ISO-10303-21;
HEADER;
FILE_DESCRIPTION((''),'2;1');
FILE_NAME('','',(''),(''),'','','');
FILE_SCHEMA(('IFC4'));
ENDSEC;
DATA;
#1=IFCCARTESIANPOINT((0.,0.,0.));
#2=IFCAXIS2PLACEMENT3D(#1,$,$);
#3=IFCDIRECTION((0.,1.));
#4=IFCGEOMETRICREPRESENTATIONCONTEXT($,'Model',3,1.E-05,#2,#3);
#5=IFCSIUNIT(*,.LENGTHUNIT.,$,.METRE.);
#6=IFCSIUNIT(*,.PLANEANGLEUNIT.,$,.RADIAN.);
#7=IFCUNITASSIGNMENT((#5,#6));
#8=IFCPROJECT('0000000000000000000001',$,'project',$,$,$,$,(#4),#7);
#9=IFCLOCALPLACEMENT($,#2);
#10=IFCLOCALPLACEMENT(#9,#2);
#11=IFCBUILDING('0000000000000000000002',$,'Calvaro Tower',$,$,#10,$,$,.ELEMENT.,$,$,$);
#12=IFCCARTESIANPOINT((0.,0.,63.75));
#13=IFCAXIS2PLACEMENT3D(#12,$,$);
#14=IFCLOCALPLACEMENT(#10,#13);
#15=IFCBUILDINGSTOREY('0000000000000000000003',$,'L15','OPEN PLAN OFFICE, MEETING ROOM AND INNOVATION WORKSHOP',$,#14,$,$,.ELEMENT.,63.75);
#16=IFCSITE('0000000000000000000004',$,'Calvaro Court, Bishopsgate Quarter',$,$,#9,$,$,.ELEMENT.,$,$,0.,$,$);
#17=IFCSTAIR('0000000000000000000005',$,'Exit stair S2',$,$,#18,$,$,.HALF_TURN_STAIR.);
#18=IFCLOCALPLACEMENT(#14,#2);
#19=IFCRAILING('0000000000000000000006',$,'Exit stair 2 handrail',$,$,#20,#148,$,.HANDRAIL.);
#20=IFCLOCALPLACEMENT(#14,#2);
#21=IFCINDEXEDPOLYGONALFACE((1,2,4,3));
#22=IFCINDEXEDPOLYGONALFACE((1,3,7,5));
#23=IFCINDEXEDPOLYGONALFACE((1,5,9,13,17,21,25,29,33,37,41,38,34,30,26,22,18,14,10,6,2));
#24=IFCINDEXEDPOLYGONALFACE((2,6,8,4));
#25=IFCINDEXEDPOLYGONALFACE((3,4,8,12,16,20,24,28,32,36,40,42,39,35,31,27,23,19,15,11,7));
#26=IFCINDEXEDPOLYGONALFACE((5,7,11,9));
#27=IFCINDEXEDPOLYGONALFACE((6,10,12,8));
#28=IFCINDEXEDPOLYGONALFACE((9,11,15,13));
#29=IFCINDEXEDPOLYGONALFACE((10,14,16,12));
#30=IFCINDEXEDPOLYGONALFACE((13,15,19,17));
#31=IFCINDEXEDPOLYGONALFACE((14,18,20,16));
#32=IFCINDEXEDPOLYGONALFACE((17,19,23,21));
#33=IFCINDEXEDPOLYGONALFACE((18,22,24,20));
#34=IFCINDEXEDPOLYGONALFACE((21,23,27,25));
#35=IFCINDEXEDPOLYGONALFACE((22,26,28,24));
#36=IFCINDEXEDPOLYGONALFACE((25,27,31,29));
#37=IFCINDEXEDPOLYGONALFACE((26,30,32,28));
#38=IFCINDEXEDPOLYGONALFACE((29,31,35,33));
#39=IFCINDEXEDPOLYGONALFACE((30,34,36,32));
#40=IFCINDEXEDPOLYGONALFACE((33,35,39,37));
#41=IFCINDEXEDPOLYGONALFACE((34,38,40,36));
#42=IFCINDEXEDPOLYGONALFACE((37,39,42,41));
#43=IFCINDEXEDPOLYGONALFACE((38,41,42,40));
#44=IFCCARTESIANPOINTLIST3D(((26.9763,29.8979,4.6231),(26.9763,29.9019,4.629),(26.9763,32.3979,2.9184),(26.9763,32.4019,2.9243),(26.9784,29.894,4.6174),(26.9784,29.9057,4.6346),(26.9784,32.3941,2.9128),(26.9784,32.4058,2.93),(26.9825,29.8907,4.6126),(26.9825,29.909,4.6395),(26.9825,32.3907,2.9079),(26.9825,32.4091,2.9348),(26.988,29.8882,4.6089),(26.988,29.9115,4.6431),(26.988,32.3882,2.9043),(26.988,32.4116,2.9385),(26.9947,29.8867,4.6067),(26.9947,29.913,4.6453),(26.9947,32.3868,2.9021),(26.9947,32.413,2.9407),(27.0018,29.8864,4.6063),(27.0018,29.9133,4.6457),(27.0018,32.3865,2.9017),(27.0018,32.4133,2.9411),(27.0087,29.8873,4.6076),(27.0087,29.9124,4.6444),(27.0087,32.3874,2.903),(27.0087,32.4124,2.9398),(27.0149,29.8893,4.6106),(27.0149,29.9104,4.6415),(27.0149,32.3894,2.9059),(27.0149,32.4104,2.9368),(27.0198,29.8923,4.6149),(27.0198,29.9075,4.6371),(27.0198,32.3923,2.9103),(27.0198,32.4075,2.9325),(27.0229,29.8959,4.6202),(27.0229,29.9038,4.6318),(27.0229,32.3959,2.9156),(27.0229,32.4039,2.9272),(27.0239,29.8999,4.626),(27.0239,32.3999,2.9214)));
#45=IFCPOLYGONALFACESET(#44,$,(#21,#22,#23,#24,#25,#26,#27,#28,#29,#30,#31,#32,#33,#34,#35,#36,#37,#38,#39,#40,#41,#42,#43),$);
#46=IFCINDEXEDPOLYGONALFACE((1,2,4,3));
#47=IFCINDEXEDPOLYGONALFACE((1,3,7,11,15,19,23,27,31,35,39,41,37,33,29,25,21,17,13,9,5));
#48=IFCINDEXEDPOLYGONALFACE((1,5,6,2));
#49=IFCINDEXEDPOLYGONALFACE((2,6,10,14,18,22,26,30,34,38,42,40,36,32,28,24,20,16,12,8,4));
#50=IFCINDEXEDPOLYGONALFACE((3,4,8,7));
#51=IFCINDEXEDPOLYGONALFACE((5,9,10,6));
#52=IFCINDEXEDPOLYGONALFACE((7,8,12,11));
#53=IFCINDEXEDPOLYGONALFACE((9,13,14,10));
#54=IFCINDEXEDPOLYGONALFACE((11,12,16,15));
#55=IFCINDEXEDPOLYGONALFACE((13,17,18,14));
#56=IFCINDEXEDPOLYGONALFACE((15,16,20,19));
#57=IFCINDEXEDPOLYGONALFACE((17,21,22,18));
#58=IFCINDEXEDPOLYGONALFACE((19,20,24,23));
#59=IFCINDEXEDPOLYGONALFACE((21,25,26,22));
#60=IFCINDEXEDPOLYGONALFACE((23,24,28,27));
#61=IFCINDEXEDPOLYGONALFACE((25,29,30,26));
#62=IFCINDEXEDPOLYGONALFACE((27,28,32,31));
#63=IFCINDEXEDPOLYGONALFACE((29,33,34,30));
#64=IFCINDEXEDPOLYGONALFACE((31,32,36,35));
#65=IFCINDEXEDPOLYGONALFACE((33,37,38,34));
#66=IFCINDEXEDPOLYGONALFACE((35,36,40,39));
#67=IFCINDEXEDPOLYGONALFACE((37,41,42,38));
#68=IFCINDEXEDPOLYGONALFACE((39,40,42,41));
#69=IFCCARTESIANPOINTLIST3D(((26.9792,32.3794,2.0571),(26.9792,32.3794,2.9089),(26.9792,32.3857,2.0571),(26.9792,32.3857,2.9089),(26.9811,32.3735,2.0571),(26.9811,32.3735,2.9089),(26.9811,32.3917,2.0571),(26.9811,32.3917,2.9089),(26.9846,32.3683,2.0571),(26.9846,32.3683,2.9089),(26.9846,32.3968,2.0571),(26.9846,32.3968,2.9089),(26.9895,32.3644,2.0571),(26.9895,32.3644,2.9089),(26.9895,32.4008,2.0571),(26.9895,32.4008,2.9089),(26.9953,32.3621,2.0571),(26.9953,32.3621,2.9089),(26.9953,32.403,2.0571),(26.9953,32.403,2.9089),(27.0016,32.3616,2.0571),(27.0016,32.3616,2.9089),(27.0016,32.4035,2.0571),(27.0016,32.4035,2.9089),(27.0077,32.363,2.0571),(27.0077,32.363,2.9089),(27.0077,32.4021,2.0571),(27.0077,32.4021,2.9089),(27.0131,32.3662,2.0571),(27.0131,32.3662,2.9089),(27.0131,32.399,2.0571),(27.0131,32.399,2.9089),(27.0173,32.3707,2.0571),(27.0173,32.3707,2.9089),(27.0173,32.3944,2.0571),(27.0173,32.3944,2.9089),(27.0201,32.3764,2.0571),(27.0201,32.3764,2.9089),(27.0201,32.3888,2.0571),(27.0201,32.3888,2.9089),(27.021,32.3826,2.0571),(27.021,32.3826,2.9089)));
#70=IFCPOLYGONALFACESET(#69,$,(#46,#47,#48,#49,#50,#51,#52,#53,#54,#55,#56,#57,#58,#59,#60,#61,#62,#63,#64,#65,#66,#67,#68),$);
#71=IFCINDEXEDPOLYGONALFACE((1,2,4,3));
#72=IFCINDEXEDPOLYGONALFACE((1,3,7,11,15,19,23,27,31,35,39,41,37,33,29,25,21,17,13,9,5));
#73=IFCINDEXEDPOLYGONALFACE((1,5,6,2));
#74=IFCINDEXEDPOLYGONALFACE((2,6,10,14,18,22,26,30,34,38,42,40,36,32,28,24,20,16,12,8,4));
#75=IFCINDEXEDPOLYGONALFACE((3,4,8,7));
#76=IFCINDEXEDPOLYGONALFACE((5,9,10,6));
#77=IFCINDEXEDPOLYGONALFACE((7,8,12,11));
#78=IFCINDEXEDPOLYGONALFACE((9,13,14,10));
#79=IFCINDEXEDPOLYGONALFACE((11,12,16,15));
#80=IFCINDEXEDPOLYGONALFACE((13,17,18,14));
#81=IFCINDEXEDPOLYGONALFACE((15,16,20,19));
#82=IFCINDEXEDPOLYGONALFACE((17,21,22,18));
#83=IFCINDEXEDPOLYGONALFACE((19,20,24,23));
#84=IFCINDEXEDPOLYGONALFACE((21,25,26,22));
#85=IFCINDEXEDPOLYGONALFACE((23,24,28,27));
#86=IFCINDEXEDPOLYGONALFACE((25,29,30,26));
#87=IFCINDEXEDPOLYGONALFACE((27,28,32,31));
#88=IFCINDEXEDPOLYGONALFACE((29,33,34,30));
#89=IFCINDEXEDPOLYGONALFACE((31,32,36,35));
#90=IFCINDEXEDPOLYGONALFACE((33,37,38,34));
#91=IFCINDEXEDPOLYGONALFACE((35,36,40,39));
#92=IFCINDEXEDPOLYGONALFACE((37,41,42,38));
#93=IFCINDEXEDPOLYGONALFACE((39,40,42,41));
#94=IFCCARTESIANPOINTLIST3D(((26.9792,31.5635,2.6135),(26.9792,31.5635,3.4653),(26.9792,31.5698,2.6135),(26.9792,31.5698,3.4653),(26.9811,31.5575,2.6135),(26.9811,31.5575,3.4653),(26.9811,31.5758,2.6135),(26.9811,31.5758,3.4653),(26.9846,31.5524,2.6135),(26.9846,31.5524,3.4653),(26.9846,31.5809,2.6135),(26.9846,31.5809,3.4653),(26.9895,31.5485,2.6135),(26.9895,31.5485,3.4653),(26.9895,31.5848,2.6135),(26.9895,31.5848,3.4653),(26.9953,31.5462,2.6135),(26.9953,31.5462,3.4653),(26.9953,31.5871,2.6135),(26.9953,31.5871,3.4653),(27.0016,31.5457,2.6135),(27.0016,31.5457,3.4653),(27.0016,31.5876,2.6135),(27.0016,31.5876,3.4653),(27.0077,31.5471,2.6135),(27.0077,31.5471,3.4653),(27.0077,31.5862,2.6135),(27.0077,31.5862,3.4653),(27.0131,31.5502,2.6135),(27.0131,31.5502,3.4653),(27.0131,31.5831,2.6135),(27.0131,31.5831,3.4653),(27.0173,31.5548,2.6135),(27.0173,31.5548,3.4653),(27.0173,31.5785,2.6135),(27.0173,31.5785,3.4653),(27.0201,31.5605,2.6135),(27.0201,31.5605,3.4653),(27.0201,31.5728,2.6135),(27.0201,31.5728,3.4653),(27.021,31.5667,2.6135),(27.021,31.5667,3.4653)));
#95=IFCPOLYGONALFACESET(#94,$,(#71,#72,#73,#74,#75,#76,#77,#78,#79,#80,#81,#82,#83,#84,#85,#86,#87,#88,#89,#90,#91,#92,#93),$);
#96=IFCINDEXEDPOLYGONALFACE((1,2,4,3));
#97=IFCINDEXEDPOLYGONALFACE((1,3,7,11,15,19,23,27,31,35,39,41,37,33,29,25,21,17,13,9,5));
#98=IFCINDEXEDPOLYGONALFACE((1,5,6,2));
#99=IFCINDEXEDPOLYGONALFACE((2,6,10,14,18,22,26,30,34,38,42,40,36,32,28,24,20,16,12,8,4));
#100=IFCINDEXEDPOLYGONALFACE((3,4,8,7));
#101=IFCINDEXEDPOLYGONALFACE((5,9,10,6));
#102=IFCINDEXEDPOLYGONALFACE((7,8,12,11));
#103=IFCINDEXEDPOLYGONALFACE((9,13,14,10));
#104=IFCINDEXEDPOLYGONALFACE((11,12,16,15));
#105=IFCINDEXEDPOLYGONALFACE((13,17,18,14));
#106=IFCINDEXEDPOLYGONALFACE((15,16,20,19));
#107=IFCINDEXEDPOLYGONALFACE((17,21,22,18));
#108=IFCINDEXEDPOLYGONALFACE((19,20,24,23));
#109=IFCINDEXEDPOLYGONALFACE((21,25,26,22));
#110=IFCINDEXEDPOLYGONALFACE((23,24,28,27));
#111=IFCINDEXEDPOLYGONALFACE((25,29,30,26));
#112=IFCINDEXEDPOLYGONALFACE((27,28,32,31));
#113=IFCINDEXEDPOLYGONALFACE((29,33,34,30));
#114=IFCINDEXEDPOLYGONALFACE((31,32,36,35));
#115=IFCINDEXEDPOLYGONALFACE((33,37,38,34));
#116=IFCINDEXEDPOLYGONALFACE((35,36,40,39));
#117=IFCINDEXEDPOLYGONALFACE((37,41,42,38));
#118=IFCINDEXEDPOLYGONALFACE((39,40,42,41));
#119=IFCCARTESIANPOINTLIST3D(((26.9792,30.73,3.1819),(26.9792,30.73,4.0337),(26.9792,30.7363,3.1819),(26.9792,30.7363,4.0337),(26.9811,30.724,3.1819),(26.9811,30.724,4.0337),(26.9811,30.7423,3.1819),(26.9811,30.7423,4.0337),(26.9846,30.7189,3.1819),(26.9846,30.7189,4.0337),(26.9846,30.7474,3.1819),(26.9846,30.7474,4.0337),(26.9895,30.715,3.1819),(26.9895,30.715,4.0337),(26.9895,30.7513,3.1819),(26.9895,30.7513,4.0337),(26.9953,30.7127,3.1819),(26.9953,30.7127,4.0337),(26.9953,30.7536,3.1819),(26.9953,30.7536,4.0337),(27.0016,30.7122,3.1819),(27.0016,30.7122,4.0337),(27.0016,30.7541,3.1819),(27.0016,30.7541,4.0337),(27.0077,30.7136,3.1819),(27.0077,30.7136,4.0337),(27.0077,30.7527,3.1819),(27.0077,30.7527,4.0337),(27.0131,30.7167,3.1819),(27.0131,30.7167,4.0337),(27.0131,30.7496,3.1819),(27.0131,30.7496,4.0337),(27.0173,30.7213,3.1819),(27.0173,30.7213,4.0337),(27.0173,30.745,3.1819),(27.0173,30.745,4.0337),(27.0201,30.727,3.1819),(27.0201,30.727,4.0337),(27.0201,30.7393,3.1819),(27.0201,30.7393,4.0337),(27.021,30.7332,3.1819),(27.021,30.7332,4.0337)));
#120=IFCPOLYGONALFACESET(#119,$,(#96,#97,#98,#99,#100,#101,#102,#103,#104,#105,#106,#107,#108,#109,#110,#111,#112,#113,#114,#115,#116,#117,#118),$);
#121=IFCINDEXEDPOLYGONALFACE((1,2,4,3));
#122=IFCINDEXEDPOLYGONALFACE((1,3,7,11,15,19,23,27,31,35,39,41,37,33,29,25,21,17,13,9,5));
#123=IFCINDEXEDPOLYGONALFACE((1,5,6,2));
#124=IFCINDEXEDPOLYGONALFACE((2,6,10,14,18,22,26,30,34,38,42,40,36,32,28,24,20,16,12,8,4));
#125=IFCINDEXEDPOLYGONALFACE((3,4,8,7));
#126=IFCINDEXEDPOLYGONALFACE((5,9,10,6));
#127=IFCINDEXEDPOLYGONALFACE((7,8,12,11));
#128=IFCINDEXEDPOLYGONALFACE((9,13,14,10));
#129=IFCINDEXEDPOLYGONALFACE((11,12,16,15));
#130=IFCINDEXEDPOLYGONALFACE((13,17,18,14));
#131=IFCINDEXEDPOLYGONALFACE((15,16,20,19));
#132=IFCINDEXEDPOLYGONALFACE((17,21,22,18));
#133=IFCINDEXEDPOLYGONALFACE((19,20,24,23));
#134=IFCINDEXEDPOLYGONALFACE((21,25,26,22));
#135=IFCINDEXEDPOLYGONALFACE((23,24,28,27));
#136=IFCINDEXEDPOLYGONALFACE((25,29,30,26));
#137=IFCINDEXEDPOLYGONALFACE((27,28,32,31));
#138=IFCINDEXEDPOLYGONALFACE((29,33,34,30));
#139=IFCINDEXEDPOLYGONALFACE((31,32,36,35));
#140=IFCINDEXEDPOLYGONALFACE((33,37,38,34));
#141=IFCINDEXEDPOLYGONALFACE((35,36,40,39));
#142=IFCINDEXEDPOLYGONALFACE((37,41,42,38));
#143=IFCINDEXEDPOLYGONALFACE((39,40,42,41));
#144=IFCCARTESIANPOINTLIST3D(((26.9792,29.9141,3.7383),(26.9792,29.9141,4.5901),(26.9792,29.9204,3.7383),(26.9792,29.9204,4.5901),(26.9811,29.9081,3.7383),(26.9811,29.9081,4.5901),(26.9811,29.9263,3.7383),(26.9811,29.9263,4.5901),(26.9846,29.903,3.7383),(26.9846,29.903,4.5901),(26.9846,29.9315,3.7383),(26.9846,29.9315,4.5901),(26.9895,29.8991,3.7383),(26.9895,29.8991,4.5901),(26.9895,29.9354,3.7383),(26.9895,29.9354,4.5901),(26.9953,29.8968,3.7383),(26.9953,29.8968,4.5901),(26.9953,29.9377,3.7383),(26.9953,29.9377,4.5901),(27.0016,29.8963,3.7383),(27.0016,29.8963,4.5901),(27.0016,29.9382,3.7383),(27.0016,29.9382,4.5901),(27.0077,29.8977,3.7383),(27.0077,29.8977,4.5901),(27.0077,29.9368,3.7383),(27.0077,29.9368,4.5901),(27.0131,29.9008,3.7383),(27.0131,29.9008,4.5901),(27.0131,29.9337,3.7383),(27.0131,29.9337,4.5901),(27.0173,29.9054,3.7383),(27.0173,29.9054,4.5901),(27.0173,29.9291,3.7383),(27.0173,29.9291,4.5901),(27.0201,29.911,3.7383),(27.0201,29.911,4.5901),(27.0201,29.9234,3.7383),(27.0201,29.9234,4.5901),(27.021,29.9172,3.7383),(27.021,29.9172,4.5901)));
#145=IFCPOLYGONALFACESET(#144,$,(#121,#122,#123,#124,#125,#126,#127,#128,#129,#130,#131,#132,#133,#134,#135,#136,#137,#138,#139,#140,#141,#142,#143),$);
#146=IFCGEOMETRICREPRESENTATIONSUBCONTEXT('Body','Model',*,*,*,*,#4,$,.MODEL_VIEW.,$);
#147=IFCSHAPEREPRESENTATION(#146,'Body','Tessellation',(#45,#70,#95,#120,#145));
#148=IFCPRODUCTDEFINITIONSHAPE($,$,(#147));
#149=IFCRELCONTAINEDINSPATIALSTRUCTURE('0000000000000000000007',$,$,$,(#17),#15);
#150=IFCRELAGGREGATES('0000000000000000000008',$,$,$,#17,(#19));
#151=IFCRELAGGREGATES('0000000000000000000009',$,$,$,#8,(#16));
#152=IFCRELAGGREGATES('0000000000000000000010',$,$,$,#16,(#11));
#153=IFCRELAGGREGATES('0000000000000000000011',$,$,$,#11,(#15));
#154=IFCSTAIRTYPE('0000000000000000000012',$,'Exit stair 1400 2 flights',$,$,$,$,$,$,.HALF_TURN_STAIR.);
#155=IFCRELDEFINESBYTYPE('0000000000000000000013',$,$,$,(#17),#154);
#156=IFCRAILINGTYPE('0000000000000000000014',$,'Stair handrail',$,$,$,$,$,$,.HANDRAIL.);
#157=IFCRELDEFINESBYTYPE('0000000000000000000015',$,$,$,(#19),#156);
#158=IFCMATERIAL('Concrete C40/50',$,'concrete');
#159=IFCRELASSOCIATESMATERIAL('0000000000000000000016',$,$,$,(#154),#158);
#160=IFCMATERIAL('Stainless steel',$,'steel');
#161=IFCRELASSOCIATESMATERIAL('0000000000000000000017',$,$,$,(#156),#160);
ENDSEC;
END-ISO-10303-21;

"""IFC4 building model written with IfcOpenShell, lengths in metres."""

from ifc_helpers import new_model, si_unit, direction, frame, origin, origin_2d, place, context, subcontext, project, spatial, circle, extrude, material, type_object, element, aggregate, save


model = new_model("IFC4")

# Units and contexts
model_context = context("Model", 3, precision=1e-05, world=origin(), true_north=direction((0.0, 1.0)))
body_context = subcontext(model_context, "Body", "Model", "MODEL_VIEW")
ifc_project = project(units=[si_unit("LENGTHUNIT", "METRE"), si_unit("PLANEANGLEUNIT", "RADIAN")], contexts=[model_context])

# Site, building, storey
site_placement = place(None, origin())
site = spatial("IfcSite", under=ifc_project, at=site_placement, Name="Calvaro Court, Bishopsgate Quarter", CompositionType="ELEMENT", RefElevation=0.0)
building_placement = place(site_placement, origin())
building = spatial("IfcBuilding", under=site, at=building_placement, Name="Calvaro Tower", CompositionType="ELEMENT")
storey_placement = place(building_placement, frame((0.0, 0.0, 63.75)))
storey = spatial("IfcBuildingStorey", under=building, at=storey_placement, Name="L15", Description="OPEN PLAN OFFICE, MEETING ROOM AND INNOVATION WORKSHOP", CompositionType="ELEMENT", Elevation=63.75)

# Stair, railing
ifc_material_1 = material(Name="Concrete C40/50", Category="concrete")
stair_type = type_object("IfcStairType", Name="Exit stair 1400 2 flights", PredefinedType="HALF_TURN_STAIR", material=ifc_material_1)
stair_placement = place(storey_placement, origin())
stair = element("IfcStair", 1, at=stair_placement, inside=storey, type_object=stair_type, Name="Exit stair S2", PredefinedType="HALF_TURN_STAIR")
ifc_material_2 = material(Name="Stainless steel", Category="steel")
railing_type = type_object("IfcRailingType", Name="Stair handrail", PredefinedType="HANDRAIL", material=ifc_material_2)
railing_1_placement = place(storey_placement, frame((27.0, 32.3999, 2.0454)))
railing_1 = element("IfcRailing", 2, at=railing_1_placement, type_object=railing_type, Name="Exit stair 2 handrail", PredefinedType="HANDRAIL", context=body_context, shape_type="SweptSolid", body=[
    extrude(circle(Radius=0.0239, at=origin_2d()), frame((0.0, 0.0, 0.876), z_axis=(0.0, -0.826221, 0.563347), x_axis=(1.0, 0.0, 0.0)), (0.0, 0.0, 1.0), 3.0259),
    extrude(circle(Radius=0.021, at=origin_2d()), frame((0.0, -0.0173, 0.0117)), (0.0, 0.0, 1.0), 0.8518),
    extrude(circle(Radius=0.021, at=origin_2d()), frame((0.0, -0.8333, 0.5681)), (0.0, 0.0, 1.0), 0.8518),
    extrude(circle(Radius=0.021, at=origin_2d()), frame((0.0, -1.6667, 1.1365)), (0.0, 0.0, 1.0), 0.8518),
    extrude(circle(Radius=0.021, at=origin_2d()), frame((0.0, -2.4827, 1.6929)), (0.0, 0.0, 1.0), 0.8518),
])
aggregate(stair, [railing_1])

save(model, "model.ifc")
